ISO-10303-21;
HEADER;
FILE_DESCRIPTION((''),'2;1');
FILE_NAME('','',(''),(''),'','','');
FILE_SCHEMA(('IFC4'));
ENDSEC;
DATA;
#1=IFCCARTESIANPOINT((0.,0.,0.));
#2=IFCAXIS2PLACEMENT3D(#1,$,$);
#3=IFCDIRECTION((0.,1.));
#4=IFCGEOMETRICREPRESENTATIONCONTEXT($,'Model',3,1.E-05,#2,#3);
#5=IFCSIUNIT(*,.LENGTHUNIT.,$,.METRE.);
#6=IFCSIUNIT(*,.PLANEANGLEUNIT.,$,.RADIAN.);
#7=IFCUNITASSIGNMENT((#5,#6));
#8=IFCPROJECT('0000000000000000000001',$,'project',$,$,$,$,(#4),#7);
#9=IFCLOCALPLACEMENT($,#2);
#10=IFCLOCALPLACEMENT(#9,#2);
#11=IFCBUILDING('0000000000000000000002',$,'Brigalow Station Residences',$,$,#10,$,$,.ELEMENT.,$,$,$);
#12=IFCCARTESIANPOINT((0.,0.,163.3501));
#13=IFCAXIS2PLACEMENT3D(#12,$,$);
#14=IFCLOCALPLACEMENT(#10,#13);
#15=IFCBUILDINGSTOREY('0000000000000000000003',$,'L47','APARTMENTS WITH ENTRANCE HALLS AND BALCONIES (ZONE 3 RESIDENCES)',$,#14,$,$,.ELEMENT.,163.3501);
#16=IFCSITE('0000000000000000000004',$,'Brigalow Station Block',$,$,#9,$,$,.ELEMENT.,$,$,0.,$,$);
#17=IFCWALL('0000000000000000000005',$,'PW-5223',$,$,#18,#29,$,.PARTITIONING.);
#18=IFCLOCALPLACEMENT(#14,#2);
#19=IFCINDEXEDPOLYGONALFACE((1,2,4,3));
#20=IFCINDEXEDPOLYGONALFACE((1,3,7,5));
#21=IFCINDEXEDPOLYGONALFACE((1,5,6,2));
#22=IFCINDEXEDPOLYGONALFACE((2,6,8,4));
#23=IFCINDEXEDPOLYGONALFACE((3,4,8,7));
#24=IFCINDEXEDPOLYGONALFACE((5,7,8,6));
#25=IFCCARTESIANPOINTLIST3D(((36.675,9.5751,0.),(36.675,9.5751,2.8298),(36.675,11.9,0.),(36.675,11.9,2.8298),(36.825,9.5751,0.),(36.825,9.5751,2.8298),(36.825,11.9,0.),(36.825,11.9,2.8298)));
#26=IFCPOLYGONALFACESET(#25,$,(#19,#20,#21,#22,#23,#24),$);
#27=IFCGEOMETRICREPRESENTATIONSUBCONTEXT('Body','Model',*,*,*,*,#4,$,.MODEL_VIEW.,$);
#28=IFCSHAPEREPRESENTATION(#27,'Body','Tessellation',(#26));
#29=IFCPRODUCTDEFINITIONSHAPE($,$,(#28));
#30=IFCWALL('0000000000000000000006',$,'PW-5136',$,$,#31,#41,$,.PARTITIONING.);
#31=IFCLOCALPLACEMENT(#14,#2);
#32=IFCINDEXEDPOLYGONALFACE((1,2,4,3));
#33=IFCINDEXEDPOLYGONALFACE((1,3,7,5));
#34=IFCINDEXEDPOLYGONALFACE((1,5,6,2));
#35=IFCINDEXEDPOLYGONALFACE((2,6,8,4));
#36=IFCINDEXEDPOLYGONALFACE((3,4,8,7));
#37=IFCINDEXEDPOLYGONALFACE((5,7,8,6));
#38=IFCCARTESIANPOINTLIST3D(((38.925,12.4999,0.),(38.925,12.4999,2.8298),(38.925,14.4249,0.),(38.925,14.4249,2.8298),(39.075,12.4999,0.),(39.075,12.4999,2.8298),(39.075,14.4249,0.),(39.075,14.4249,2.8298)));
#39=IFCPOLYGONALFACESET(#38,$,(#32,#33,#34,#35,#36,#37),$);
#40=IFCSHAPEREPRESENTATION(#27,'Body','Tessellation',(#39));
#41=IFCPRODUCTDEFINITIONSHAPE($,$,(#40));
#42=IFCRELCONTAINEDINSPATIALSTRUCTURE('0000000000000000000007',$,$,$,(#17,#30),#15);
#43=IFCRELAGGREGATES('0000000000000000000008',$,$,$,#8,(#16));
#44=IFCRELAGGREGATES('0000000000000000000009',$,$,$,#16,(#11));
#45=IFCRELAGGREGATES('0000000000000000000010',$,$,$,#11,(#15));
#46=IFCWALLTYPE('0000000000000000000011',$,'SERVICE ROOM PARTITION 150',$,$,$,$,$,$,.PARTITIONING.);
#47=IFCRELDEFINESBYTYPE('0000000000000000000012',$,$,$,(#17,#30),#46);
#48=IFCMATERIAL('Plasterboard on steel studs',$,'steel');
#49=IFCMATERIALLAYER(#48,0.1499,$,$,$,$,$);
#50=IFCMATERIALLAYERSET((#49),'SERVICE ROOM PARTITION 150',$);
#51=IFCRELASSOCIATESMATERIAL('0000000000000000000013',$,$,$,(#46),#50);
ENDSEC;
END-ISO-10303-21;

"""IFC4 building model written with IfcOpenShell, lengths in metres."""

from ifc_helpers import new_model, si_unit, direction, frame, frame_2d, origin, place, context, subcontext, project, spatial, rectangle, extrude, material, layer, layer_set, type_object, element, save


model = new_model("IFC4")

# Units and contexts
model_context = context("Model", 3, precision=1e-05, world=origin(), true_north=direction((0.0, 1.0)))
body_context = subcontext(model_context, "Body", "Model", "MODEL_VIEW")
ifc_project = project(units=[si_unit("LENGTHUNIT", "METRE"), si_unit("PLANEANGLEUNIT", "RADIAN")], contexts=[model_context])

# Site, building, storey
site_placement = place(None, origin())
site = spatial("IfcSite", under=ifc_project, at=site_placement, Name="Brigalow Station Block", CompositionType="ELEMENT", RefElevation=0.0)
building_placement = place(site_placement, origin())
building = spatial("IfcBuilding", under=site, at=building_placement, Name="Brigalow Station Residences", CompositionType="ELEMENT")
storey_placement = place(building_placement, frame((0.0, 0.0, 163.3501)))
storey = spatial("IfcBuildingStorey", under=building, at=storey_placement, Name="L47", Description="APARTMENTS WITH ENTRANCE HALLS AND BALCONIES (ZONE 3 RESIDENCES)", CompositionType="ELEMENT", Elevation=163.3501)

# Shared definitions
ifc_material_1 = material(Name="Plasterboard on steel studs", Category="steel")
ifc_layer_1 = layer(ifc_material_1, 0.1499)
ifc_layer_set_1 = layer_set([ifc_layer_1], Name="SERVICE ROOM PARTITION 150")
wall_type_1 = type_object("IfcWallType", Name="SERVICE ROOM PARTITION 150", PredefinedType="PARTITIONING", material=ifc_layer_set_1)

# Walls
wall_1_placement = place(storey_placement, frame((36.75, 9.575, 0.0), z_axis=(0.0, 0.0, 1.0), x_axis=(0.0, 1.0, 0.0)))
element("IfcWall", 1, at=wall_1_placement, inside=storey, type_object=wall_type_1, Name="PW-5223", PredefinedType="PARTITIONING", context=body_context, shape_type="SweptSolid", body=[
    extrude(rectangle(XDim=2.325, YDim=0.1499, at=frame_2d((1.1626, 0.0))), origin(), (0.0, 0.0, 1.0), 2.8298),
])
wall_2_placement = place(storey_placement, frame((39.0, 12.5, 0.0), z_axis=(0.0, 0.0, 1.0), x_axis=(0.0, 1.0, 0.0)))
element("IfcWall", 2, at=wall_2_placement, inside=storey, type_object=wall_type_1, Name="PW-5136", PredefinedType="PARTITIONING", context=body_context, shape_type="SweptSolid", body=[
    extrude(rectangle(XDim=1.925, YDim=0.1499, at=frame_2d((0.9624, 0.0))), origin(), (0.0, 0.0, 1.0), 2.8298),
])

save(model, "model.ifc")
